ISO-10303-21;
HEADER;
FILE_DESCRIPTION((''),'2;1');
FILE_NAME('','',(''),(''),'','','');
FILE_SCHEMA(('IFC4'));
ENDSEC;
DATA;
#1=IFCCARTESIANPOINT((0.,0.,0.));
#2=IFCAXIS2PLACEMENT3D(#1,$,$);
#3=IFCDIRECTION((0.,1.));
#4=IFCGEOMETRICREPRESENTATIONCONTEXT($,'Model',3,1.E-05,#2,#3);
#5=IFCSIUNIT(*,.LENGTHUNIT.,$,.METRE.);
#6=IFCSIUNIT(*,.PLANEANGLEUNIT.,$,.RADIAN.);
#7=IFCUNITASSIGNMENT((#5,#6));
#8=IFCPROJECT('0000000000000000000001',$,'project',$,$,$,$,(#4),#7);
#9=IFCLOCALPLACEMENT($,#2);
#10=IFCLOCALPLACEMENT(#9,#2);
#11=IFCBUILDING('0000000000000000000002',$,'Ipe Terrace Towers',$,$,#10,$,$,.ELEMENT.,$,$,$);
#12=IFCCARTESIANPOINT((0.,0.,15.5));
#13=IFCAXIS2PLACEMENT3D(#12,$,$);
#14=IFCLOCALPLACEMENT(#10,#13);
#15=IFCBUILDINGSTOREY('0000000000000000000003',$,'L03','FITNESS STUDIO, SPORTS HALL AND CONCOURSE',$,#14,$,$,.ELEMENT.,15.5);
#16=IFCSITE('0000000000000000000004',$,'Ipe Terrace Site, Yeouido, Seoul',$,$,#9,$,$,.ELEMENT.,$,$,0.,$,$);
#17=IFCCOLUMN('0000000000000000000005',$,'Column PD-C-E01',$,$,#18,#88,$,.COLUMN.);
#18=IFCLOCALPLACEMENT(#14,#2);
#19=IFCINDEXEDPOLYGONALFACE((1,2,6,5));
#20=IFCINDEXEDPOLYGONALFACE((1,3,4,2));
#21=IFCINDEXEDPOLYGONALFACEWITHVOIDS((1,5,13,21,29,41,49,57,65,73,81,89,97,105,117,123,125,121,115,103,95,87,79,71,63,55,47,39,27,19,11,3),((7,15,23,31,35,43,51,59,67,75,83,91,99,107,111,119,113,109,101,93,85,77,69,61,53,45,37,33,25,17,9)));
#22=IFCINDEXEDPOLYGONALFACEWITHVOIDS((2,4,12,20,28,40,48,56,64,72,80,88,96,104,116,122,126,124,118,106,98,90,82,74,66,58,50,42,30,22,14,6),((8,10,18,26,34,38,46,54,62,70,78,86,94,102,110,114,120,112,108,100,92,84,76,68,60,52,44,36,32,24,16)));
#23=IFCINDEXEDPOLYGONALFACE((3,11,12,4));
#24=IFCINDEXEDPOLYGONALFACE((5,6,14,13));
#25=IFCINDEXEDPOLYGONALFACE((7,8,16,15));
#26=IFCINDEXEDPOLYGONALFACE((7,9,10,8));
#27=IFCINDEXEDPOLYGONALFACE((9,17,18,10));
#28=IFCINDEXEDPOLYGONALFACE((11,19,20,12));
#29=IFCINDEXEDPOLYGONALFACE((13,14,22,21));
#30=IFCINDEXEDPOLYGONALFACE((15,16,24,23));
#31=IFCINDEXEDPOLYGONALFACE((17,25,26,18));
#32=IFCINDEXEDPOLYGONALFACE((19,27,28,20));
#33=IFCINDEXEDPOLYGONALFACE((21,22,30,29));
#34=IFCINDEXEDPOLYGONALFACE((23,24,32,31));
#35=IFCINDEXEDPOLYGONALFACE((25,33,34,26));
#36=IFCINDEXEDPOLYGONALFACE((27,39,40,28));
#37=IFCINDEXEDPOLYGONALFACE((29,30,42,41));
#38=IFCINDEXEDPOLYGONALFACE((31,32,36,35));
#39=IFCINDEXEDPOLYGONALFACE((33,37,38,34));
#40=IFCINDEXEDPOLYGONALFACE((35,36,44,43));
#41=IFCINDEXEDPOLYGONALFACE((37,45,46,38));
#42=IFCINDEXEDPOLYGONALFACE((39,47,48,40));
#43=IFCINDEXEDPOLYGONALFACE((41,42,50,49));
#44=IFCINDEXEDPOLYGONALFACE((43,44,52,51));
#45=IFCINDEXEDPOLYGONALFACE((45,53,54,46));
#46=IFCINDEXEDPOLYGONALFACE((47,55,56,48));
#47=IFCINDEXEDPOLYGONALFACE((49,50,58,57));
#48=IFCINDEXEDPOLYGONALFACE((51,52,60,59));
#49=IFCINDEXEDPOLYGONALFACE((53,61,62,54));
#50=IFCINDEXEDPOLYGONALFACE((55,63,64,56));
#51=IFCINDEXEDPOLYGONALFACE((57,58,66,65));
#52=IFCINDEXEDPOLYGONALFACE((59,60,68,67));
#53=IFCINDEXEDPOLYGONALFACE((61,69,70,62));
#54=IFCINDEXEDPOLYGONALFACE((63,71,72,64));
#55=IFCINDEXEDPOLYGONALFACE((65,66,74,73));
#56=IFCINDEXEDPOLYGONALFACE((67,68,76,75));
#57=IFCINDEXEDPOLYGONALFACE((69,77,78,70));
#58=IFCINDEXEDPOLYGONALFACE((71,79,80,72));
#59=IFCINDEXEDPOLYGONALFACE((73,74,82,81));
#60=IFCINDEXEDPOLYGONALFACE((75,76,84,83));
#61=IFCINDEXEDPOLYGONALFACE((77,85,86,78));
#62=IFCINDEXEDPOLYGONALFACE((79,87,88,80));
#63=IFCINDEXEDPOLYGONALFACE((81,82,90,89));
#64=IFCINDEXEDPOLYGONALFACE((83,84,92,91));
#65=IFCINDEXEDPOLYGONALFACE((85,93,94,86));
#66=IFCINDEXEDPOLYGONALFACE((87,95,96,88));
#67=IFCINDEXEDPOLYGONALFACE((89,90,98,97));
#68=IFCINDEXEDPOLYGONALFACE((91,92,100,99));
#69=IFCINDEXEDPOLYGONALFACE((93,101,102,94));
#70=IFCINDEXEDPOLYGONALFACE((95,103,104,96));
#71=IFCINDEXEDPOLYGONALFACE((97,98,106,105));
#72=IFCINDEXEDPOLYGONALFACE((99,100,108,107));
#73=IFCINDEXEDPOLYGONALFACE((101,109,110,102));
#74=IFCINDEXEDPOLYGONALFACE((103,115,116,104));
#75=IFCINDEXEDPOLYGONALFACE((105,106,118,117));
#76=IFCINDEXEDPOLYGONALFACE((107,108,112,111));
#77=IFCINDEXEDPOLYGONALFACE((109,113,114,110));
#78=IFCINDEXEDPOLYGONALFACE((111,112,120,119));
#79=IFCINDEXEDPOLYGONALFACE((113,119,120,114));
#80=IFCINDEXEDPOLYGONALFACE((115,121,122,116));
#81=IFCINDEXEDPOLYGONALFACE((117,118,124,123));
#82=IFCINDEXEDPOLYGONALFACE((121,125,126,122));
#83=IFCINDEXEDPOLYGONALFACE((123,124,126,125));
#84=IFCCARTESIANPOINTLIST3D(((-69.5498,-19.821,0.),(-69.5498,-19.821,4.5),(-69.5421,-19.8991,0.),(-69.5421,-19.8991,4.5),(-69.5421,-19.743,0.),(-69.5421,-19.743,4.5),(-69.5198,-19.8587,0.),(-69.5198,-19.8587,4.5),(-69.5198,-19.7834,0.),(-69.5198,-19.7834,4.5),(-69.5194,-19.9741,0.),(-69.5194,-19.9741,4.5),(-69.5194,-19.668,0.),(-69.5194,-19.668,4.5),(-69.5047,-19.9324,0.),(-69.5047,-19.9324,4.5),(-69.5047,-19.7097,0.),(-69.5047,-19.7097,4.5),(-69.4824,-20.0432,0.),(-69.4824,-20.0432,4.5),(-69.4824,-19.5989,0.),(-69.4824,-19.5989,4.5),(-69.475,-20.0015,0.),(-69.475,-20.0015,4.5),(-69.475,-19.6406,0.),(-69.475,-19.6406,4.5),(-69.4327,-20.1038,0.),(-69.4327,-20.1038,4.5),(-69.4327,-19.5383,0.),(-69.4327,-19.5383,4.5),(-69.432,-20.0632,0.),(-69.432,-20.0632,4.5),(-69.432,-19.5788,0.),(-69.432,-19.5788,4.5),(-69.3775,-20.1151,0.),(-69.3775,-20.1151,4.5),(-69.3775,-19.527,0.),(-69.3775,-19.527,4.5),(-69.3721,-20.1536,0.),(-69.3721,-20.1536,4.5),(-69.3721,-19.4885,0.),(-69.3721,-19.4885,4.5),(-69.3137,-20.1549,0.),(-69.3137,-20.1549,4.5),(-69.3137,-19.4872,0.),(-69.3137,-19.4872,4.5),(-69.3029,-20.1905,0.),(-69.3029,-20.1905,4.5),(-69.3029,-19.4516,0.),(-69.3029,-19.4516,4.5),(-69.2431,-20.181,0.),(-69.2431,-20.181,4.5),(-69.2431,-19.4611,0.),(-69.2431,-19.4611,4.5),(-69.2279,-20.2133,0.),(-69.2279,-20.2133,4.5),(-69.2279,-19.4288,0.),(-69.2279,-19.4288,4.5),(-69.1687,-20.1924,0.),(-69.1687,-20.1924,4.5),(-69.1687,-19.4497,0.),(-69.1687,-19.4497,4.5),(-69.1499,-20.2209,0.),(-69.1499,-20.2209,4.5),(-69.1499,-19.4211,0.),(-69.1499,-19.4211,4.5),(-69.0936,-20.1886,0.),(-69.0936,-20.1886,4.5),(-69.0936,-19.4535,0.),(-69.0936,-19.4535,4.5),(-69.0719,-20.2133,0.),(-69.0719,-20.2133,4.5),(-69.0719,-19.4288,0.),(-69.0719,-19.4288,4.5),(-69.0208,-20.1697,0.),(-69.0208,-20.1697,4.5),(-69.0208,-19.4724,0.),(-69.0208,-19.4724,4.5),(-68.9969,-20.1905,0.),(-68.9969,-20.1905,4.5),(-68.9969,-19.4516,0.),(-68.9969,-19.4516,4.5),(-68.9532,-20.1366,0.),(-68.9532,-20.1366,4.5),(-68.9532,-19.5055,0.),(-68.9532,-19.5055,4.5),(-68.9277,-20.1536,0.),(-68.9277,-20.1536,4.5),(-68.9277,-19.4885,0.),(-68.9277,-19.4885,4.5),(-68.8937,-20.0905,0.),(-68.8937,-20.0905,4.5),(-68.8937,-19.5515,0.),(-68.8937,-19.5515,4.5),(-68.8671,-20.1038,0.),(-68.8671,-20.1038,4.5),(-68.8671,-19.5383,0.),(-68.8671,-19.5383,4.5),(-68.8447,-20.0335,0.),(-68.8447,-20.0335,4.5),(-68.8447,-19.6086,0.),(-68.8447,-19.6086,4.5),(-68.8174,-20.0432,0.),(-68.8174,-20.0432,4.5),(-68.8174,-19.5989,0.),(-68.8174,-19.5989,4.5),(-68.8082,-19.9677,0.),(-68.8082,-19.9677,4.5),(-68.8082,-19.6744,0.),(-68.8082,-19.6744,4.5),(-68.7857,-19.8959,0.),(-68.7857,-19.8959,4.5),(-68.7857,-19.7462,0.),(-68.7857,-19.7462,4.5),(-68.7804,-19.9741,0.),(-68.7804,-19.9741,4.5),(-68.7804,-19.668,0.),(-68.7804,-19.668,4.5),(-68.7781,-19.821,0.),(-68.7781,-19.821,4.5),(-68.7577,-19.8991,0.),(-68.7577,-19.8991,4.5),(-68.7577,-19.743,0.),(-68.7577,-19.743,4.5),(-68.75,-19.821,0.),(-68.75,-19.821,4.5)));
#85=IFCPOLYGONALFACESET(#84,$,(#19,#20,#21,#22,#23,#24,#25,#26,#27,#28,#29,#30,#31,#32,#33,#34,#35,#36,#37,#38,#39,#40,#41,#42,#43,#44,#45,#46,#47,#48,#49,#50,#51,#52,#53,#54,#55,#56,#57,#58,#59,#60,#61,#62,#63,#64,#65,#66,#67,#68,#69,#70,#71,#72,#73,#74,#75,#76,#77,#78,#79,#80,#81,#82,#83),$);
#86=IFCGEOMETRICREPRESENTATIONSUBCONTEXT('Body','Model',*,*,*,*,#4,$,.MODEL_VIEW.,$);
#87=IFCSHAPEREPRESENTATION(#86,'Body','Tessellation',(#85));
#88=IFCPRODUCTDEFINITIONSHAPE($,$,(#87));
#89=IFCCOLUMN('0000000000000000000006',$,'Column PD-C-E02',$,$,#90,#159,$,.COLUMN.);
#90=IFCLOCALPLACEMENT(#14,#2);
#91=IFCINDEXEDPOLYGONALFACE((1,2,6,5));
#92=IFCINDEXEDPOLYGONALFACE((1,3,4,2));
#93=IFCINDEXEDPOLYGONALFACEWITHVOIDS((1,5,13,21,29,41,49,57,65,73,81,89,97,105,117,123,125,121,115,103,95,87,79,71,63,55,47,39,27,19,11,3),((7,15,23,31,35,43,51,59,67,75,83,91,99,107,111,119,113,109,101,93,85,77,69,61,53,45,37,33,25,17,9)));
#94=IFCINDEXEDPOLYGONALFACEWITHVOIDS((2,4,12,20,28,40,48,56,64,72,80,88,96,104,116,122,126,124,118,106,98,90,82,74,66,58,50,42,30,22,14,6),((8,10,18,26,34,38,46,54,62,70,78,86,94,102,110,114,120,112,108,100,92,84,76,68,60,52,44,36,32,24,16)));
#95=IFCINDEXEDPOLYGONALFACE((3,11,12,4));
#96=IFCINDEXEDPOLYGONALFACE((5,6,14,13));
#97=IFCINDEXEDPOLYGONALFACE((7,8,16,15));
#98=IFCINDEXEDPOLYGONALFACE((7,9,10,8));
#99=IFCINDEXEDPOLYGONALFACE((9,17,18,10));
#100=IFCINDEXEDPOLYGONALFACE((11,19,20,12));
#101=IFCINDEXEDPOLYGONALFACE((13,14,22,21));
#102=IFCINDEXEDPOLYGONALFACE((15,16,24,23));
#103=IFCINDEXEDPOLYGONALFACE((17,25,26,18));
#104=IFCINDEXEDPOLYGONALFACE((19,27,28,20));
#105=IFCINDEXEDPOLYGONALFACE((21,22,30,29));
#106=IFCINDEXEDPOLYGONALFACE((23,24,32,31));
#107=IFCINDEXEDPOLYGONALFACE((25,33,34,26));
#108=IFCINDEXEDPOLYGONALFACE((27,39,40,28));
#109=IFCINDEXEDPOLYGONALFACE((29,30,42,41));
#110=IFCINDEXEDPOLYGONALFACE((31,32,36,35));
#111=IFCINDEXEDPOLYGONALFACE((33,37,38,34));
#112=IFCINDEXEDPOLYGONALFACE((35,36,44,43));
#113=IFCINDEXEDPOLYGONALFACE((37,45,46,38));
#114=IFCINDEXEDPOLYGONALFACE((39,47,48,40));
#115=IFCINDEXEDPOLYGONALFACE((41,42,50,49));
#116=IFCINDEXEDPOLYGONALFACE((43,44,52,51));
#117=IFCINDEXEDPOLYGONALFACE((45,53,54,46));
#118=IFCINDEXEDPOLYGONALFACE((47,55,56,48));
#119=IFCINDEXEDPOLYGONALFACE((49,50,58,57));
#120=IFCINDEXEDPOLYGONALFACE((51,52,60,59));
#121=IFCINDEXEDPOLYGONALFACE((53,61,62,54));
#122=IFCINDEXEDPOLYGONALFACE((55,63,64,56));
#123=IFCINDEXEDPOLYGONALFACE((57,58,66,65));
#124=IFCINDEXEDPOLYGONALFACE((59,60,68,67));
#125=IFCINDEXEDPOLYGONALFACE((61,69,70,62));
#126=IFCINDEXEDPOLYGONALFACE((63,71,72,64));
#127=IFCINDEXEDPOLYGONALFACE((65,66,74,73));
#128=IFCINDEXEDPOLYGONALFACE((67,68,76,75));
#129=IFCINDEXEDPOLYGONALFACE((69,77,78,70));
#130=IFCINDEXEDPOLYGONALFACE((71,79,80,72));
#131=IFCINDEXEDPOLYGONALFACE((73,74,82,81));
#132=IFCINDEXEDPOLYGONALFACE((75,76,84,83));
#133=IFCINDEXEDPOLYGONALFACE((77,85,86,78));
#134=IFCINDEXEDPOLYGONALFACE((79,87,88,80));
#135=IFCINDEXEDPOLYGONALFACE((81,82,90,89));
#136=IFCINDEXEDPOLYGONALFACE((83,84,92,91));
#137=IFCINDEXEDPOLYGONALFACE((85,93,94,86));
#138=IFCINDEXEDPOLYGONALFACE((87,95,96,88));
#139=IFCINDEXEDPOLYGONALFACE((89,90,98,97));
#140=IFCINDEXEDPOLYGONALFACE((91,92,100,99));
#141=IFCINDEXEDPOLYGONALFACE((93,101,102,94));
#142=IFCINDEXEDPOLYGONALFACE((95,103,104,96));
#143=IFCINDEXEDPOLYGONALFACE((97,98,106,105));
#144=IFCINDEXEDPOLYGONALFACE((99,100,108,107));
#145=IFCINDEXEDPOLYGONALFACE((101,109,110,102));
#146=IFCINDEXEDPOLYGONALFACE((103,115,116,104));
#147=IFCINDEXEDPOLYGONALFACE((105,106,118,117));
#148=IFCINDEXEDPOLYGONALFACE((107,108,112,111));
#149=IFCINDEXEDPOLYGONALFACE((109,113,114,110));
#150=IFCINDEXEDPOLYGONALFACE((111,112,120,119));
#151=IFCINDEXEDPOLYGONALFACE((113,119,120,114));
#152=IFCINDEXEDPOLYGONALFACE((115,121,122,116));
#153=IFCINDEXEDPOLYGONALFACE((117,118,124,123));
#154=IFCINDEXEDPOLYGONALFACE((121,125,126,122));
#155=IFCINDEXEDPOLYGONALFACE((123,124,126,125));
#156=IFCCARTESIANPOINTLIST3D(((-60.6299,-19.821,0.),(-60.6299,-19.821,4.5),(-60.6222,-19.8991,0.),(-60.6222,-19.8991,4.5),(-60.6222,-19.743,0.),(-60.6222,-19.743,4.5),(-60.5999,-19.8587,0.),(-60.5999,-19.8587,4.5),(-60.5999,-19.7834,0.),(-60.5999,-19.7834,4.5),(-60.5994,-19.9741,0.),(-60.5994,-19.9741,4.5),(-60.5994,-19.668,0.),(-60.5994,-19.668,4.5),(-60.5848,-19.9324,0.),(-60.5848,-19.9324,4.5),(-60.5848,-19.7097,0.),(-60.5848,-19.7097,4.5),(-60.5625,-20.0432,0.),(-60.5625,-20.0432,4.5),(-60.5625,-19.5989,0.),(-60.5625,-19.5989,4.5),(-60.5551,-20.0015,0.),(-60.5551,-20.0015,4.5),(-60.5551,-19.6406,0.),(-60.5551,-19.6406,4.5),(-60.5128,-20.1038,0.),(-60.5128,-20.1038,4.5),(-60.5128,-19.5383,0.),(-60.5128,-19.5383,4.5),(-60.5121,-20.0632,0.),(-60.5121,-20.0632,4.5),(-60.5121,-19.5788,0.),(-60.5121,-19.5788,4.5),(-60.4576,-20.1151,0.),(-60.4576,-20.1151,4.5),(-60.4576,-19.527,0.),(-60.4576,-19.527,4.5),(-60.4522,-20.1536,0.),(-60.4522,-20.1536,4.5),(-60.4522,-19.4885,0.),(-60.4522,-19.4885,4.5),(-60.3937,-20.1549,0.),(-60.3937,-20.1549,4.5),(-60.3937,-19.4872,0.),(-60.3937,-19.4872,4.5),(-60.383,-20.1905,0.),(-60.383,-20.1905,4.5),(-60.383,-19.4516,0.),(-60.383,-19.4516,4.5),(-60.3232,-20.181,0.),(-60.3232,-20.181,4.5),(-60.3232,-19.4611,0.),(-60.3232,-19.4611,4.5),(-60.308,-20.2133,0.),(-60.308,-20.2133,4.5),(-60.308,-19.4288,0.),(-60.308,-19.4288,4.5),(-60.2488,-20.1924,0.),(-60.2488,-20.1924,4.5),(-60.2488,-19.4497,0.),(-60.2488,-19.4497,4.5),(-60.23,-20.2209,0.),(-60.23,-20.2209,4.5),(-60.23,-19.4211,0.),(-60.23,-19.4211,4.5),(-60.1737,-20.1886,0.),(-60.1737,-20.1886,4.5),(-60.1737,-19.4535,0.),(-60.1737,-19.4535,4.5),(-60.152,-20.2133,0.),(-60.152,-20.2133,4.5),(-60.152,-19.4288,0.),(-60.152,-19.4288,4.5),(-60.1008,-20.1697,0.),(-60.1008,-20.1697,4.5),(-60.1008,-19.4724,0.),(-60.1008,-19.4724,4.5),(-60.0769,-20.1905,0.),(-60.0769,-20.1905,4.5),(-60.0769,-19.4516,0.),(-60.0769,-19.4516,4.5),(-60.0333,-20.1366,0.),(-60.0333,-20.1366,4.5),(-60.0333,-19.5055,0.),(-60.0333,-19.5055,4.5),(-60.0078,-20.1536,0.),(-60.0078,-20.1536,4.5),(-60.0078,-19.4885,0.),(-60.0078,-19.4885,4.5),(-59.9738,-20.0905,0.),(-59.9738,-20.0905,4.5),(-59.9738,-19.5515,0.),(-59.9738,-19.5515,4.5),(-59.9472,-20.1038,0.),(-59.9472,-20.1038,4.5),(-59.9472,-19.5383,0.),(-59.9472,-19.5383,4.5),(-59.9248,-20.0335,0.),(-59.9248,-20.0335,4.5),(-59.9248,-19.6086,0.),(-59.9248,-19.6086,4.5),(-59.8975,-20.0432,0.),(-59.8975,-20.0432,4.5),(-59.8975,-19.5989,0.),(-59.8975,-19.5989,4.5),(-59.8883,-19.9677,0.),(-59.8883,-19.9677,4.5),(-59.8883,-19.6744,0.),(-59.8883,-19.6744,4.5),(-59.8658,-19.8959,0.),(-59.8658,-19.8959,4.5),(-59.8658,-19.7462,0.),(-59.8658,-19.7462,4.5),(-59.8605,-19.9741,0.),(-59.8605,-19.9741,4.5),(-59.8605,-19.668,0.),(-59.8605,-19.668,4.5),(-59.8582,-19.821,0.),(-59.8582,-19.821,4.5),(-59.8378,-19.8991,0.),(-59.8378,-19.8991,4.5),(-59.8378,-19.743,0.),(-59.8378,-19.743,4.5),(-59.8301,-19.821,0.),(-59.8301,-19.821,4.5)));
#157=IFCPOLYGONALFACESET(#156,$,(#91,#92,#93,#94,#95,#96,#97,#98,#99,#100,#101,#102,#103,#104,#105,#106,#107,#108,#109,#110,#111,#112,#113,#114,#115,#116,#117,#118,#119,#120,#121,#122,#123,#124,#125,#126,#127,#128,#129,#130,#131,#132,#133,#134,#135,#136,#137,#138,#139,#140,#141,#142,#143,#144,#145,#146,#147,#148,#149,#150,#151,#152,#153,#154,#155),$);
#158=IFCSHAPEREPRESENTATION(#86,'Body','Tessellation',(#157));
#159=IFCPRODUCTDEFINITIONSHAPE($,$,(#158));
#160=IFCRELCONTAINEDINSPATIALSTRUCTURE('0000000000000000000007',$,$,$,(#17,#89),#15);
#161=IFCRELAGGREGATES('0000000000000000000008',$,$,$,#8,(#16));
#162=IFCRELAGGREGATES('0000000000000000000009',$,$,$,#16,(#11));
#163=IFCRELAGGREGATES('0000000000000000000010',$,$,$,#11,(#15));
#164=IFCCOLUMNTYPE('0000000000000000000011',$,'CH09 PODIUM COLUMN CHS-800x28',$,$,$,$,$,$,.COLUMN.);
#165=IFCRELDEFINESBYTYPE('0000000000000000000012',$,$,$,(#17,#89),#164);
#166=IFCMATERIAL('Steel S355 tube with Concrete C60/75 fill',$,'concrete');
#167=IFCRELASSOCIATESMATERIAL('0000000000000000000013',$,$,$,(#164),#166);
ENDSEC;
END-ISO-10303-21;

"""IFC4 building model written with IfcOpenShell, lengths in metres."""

from ifc_helpers import new_model, si_unit, direction, frame, origin, origin_2d, place, context, subcontext, project, spatial, hollow_circle, extrude, material, material_profile, profile_set, type_object, element, save


model = new_model("IFC4")

# Units and contexts
model_context = context("Model", 3, precision=1e-05, world=origin(), true_north=direction((0.0, 1.0)))
body_context = subcontext(model_context, "Body", "Model", "MODEL_VIEW")
ifc_project = project(units=[si_unit("LENGTHUNIT", "METRE"), si_unit("PLANEANGLEUNIT", "RADIAN")], contexts=[model_context])

# Site, building, storey
site_placement = place(None, origin())
site = spatial("IfcSite", under=ifc_project, at=site_placement, Name="Ipe Terrace Site, Yeouido, Seoul", CompositionType="ELEMENT", RefElevation=0.0)
building_placement = place(site_placement, origin())
building = spatial("IfcBuilding", under=site, at=building_placement, Name="Ipe Terrace Towers", CompositionType="ELEMENT")
storey_placement = place(building_placement, frame((0.0, 0.0, 15.5)))
storey = spatial("IfcBuildingStorey", under=building, at=storey_placement, Name="L03", Description="FITNESS STUDIO, SPORTS HALL AND CONCOURSE", CompositionType="ELEMENT", Elevation=15.5)

# Columns
ifc_material_1 = material(Name="Steel S355 tube with Concrete C60/75 fill", Category="concrete")
ifc_material_profile_1 = material_profile(ifc_material_1, hollow_circle(Radius=0.3999, WallThickness=0.0281, at=origin_2d()), Name="CHS-800x28")
ifc_profile_set_1 = profile_set([ifc_material_profile_1], Name="Steel S355 tube with Concrete C60/75 fill")
column_type = type_object("IfcColumnType", Name="CH09 PODIUM COLUMN CHS-800x28", PredefinedType="COLUMN", material=ifc_profile_set_1)
for number, where, z_axis, x_axis, name in (
    (1, (-69.1499, -19.821, 0.0), (0.0, 0.0, 1.0), (1.0, 0.0, 0.0), "Column PD-C-E01"),
    (2, (-60.23, -19.821, 0.0), (0.0, 0.0, 1.0), (1.0, 0.0, 0.0), "Column PD-C-E02"),
):
    element("IfcColumn", number, at=place(storey_placement, frame(where, z_axis=z_axis, x_axis=x_axis)), inside=storey, type_object=column_type, Name=name, PredefinedType="COLUMN", context=body_context, shape_type="SweptSolid", body=[
        extrude(hollow_circle(Radius=0.3999, WallThickness=0.0281, at=origin_2d()), origin(), (0.0, 0.0, 1.0), 4.5),
    ])

save(model, "model.ifc")
